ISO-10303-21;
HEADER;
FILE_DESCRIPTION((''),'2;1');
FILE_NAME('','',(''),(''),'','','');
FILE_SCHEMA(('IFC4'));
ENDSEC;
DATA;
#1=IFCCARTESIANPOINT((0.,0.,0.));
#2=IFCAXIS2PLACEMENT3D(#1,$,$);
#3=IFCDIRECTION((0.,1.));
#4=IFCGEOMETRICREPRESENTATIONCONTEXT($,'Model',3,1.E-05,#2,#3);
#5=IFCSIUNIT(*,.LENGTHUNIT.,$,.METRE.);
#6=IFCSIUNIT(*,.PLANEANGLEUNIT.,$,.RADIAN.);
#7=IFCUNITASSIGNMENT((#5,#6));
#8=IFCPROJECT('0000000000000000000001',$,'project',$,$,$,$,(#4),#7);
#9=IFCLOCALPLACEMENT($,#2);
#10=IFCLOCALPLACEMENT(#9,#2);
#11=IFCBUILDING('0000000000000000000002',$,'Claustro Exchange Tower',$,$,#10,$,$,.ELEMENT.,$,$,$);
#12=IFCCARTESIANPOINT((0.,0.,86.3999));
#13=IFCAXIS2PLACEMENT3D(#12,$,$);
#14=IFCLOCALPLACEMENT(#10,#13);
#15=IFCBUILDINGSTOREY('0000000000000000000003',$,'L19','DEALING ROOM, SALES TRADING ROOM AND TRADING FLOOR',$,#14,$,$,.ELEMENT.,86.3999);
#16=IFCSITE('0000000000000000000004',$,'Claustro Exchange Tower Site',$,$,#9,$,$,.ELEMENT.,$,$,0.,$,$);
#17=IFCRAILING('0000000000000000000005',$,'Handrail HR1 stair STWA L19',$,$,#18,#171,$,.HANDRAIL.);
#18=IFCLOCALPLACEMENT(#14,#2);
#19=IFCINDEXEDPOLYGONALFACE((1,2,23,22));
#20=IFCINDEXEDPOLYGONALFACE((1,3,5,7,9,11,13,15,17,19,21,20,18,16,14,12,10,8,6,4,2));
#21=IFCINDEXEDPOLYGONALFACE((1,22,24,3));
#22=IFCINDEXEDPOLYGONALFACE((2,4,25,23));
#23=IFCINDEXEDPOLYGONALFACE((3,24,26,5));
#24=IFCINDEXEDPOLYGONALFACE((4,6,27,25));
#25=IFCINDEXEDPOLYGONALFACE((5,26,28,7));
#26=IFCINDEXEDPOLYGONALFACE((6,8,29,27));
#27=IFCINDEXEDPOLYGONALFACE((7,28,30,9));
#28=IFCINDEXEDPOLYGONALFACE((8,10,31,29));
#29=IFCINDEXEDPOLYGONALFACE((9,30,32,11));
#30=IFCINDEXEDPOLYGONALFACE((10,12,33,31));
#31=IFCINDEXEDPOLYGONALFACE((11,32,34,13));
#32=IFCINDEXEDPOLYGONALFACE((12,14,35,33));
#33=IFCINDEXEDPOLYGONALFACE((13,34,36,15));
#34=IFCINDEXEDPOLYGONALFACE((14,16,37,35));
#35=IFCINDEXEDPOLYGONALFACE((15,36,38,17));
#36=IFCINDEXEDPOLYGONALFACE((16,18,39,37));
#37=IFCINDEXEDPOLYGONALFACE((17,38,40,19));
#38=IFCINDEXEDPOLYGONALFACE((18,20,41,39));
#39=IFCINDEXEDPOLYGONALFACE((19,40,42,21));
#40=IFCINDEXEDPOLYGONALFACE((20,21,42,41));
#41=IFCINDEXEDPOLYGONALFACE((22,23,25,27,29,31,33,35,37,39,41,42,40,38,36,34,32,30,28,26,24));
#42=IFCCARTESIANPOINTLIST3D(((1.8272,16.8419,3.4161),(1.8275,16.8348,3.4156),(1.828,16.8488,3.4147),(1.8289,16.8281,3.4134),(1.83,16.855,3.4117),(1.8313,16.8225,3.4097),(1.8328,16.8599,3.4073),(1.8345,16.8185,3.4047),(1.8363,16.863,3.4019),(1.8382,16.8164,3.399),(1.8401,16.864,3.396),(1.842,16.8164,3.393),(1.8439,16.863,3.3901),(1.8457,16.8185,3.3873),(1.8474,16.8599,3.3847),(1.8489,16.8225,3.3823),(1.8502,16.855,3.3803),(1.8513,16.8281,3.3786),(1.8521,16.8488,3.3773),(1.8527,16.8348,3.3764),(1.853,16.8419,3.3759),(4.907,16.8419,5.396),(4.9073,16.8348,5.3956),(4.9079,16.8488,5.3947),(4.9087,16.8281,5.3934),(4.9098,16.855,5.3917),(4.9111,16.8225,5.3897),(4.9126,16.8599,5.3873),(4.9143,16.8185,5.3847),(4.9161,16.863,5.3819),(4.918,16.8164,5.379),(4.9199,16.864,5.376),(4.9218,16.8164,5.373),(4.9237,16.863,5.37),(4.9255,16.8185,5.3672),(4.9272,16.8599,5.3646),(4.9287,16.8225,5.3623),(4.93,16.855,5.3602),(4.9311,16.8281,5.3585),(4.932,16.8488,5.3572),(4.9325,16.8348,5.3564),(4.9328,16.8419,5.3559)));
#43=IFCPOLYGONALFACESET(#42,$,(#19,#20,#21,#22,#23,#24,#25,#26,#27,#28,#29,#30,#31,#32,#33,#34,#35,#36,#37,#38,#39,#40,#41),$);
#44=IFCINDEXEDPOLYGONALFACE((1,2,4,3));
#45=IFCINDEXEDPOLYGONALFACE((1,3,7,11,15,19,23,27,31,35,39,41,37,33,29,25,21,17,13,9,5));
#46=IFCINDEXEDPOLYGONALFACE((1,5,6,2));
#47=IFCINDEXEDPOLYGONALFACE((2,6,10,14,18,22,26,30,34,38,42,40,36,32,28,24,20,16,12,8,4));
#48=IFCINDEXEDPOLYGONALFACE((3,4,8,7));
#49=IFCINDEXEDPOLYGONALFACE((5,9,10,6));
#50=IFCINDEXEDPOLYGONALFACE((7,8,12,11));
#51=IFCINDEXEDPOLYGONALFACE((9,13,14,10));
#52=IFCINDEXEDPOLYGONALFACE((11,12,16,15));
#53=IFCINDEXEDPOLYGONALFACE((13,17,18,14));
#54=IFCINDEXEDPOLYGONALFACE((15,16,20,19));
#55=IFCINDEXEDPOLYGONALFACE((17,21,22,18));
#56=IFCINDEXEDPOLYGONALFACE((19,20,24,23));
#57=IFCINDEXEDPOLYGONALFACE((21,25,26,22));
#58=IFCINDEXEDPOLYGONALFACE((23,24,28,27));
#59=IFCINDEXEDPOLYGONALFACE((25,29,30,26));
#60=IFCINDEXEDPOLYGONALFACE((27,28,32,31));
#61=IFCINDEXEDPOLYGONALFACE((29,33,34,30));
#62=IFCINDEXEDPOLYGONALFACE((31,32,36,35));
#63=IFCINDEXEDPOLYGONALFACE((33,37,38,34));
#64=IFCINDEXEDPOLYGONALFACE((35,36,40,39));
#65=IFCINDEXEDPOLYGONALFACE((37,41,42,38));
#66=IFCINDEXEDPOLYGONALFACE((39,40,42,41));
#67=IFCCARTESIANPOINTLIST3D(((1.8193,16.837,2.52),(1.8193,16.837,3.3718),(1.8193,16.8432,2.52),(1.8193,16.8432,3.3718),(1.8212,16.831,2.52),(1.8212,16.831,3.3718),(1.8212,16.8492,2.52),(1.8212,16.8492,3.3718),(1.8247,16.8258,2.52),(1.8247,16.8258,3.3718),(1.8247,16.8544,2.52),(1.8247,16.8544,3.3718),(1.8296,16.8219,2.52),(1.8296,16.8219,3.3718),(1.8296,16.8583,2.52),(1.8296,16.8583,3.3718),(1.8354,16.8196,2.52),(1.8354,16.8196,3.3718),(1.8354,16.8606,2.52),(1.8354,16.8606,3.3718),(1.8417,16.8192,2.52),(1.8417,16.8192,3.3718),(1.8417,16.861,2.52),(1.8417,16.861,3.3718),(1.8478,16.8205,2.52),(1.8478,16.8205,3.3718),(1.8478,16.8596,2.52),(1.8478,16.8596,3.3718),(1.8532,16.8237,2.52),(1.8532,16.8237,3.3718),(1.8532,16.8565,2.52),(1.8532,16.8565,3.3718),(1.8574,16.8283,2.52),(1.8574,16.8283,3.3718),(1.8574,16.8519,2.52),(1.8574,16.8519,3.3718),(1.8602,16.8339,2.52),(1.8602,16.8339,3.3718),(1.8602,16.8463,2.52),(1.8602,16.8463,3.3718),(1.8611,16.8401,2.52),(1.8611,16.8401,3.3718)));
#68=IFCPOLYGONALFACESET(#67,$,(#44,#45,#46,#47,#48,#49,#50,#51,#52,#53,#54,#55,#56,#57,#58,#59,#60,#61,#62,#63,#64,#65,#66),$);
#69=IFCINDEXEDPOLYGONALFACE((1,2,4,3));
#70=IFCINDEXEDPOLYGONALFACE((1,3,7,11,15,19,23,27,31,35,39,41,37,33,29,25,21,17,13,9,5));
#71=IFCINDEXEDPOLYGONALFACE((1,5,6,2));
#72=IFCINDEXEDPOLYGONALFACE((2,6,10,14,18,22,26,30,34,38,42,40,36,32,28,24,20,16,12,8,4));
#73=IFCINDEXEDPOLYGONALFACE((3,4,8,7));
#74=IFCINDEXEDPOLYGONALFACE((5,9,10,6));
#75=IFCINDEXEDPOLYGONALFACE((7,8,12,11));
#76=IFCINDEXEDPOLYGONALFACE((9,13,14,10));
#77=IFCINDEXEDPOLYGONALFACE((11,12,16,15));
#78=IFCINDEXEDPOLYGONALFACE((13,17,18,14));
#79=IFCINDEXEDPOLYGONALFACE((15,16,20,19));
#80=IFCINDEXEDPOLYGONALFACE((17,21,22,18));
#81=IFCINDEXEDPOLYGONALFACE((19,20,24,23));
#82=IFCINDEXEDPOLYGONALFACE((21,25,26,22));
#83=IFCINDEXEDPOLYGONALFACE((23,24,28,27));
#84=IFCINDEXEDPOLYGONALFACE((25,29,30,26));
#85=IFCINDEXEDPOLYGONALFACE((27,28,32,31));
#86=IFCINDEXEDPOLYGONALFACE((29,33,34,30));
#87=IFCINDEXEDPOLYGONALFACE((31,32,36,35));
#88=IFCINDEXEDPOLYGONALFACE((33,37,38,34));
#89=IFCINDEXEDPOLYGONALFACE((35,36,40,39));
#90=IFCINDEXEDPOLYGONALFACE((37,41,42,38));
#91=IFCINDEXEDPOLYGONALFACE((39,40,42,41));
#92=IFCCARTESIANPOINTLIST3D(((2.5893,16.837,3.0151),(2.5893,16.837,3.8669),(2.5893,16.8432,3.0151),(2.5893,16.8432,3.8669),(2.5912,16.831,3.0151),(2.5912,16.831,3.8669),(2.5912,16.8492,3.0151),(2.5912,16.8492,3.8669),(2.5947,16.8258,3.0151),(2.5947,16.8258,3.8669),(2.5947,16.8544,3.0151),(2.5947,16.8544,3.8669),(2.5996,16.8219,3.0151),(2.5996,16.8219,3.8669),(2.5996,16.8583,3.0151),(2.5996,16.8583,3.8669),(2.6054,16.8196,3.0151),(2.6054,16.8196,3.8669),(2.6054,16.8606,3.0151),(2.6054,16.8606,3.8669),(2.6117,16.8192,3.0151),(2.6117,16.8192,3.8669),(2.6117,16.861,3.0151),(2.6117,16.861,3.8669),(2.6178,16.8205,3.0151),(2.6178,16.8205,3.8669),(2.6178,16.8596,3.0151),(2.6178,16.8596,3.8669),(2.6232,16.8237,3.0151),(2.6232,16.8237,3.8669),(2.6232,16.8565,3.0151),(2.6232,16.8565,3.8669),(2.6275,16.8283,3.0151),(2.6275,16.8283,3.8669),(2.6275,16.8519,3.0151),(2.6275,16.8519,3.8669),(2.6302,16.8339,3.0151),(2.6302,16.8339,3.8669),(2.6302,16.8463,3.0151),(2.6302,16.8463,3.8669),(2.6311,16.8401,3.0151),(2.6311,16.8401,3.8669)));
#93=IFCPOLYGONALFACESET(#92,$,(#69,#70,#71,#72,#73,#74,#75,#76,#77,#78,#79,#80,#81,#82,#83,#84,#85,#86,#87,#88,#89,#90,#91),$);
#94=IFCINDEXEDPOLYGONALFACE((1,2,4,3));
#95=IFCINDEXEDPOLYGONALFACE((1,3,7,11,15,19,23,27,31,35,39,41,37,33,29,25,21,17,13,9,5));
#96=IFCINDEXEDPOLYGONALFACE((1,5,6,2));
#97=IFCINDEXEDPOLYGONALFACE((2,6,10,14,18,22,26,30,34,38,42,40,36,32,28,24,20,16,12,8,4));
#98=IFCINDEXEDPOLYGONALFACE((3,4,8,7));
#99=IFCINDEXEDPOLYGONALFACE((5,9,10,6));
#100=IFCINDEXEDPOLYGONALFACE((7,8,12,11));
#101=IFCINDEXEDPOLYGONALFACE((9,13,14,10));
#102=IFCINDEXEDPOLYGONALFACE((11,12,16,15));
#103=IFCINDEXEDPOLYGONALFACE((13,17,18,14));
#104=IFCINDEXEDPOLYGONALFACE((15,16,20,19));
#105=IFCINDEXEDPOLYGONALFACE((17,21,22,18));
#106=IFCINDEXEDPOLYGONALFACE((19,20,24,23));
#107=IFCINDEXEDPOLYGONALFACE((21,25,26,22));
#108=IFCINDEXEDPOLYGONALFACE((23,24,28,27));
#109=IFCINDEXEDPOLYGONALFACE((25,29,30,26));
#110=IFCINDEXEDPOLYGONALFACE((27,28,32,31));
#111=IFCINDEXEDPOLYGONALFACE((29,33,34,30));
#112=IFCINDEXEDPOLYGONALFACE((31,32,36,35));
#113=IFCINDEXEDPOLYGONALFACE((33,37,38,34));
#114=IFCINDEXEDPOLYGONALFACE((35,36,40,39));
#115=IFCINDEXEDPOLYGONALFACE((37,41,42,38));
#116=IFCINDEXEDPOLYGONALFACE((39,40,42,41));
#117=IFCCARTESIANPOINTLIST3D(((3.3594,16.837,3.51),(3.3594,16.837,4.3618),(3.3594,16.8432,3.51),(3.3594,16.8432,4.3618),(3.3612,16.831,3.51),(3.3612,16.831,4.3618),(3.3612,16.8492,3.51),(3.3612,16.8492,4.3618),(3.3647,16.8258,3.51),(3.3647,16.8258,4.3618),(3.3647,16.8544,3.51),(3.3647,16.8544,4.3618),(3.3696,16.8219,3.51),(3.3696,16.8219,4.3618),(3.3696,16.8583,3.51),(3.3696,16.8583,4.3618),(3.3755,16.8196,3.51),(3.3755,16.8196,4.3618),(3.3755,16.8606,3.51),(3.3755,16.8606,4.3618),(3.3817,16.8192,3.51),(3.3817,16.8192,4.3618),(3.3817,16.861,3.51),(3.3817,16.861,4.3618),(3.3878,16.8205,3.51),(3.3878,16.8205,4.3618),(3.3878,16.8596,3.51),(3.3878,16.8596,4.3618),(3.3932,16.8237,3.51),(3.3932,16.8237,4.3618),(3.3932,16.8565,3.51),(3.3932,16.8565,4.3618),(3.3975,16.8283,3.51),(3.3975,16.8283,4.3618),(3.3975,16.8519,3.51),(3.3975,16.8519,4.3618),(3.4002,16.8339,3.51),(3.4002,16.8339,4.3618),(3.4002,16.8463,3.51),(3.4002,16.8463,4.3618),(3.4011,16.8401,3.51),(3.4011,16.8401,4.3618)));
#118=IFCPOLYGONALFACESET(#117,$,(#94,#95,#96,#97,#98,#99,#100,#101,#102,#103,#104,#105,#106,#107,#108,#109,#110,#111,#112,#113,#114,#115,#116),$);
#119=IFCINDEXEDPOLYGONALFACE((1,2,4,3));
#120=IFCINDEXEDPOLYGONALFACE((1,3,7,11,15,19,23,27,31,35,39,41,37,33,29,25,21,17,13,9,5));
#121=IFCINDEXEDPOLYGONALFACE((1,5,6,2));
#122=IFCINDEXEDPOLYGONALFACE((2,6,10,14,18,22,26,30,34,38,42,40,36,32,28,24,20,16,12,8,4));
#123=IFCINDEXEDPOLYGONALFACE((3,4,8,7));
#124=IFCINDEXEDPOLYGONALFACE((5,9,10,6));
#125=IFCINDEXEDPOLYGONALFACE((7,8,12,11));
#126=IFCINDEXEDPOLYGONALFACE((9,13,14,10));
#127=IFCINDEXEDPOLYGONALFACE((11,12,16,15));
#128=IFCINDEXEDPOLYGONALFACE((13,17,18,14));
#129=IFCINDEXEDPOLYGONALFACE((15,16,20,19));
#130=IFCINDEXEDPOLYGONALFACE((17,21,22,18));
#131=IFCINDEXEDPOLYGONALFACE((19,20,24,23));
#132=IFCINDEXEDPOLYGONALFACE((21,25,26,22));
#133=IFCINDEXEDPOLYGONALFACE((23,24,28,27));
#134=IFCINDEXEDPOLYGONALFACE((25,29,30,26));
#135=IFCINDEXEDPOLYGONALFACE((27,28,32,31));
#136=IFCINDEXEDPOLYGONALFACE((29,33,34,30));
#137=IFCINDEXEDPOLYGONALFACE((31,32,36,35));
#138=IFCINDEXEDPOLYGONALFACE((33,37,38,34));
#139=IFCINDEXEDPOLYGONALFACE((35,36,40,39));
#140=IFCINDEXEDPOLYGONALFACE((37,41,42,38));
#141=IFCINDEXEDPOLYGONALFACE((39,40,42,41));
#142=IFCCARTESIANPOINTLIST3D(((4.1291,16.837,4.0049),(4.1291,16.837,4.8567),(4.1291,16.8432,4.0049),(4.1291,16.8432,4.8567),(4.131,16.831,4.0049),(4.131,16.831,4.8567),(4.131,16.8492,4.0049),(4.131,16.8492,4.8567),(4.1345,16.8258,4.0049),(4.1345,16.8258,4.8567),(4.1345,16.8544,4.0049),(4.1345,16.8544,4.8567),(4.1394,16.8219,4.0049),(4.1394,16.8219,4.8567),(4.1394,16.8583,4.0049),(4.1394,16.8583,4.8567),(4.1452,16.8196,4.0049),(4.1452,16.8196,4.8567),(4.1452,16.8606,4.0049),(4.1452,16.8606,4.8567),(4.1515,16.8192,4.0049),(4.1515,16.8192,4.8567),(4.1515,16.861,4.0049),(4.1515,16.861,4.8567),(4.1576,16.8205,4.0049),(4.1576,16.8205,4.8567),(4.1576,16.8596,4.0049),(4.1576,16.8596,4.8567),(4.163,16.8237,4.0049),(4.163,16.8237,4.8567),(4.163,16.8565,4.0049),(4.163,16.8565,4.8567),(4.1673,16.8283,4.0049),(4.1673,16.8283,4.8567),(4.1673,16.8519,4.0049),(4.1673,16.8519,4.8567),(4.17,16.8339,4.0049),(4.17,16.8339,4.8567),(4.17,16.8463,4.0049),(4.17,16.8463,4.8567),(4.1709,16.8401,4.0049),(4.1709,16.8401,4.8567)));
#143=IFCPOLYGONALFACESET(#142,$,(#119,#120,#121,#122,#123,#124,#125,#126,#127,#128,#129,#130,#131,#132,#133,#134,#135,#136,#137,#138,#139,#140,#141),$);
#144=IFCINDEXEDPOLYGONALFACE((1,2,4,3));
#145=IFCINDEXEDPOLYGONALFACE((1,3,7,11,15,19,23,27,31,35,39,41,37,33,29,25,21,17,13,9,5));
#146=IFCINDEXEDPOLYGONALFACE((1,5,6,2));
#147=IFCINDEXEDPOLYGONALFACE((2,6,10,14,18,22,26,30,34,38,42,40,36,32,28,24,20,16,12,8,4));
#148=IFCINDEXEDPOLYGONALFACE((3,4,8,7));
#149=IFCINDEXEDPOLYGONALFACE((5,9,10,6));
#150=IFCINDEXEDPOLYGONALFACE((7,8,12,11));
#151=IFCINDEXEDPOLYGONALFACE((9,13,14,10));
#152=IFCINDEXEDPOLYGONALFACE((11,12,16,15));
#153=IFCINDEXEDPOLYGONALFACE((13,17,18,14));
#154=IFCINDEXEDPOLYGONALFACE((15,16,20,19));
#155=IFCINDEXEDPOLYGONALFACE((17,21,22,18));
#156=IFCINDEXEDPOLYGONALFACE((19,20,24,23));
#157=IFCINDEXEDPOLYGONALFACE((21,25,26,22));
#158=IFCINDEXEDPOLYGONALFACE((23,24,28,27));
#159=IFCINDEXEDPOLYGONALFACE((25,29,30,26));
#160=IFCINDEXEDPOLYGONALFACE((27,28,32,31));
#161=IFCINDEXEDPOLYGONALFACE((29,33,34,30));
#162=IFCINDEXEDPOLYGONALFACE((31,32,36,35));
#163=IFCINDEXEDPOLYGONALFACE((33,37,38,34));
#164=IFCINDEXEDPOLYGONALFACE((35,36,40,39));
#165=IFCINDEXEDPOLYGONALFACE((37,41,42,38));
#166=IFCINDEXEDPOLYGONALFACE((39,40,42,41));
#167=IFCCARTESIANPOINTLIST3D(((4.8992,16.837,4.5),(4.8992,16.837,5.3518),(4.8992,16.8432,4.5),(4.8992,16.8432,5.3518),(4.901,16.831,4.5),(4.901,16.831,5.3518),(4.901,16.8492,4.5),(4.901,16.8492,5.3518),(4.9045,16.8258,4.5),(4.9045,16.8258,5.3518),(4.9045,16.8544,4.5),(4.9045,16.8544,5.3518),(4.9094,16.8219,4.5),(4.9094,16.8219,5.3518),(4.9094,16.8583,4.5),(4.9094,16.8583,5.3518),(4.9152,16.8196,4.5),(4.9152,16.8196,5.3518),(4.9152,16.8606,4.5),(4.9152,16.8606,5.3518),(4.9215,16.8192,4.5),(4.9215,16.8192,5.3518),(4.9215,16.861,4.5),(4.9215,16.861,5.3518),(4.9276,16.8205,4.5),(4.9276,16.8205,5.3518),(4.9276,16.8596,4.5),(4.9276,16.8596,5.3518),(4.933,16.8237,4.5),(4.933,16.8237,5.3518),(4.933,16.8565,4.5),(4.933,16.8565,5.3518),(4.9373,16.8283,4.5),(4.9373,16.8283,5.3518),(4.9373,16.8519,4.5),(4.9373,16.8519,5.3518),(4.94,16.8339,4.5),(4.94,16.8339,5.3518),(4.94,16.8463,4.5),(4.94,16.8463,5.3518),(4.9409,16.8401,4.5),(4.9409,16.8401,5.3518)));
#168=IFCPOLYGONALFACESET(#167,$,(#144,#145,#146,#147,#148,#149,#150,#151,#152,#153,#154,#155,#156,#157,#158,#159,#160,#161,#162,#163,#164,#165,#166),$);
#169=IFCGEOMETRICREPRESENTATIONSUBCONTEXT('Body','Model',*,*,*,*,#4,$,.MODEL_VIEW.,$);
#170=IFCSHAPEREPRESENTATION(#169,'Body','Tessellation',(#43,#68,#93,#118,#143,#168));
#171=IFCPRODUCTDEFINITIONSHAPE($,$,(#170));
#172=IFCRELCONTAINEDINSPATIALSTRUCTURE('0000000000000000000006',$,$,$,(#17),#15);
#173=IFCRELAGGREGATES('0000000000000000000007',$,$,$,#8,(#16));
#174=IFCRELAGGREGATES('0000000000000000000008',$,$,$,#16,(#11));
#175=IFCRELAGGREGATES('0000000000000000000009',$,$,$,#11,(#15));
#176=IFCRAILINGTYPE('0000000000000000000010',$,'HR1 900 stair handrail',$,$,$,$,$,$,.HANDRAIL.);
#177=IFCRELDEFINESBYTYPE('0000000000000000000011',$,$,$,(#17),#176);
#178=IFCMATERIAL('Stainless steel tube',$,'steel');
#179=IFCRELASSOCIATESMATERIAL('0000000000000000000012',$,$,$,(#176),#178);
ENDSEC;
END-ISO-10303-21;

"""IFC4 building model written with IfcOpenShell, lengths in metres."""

from ifc_helpers import new_model, si_unit, direction, frame, origin, origin_2d, place, context, subcontext, project, spatial, circle, extrude, material, type_object, element, save


model = new_model("IFC4")

# Units and contexts
model_context = context("Model", 3, precision=1e-05, world=origin(), true_north=direction((0.0, 1.0)))
body_context = subcontext(model_context, "Body", "Model", "MODEL_VIEW")
ifc_project = project(units=[si_unit("LENGTHUNIT", "METRE"), si_unit("PLANEANGLEUNIT", "RADIAN")], contexts=[model_context])

# Site, building, storey
site_placement = place(None, origin())
site = spatial("IfcSite", under=ifc_project, at=site_placement, Name="Claustro Exchange Tower Site", CompositionType="ELEMENT", RefElevation=0.0)
building_placement = place(site_placement, origin())
building = spatial("IfcBuilding", under=site, at=building_placement, Name="Claustro Exchange Tower", CompositionType="ELEMENT")
storey_placement = place(building_placement, frame((0.0, 0.0, 86.3999)))
storey = spatial("IfcBuildingStorey", under=building, at=storey_placement, Name="L19", Description="DEALING ROOM, SALES TRADING ROOM AND TRADING FLOOR", CompositionType="ELEMENT", Elevation=86.3999)

# Railing
ifc_material_1 = material(Name="Stainless steel tube", Category="steel")
railing_type_1 = type_object("IfcRailingType", Name="HR1 900 stair handrail", PredefinedType="HANDRAIL", material=ifc_material_1)
railing_1_placement = place(storey_placement, frame((1.8401, 16.8401, 2.52)))
element("IfcRailing", 1, at=railing_1_placement, inside=storey, type_object=railing_type_1, Name="Handrail HR1 stair STWA L19", PredefinedType="HANDRAIL", context=body_context, shape_type="SweptSolid", body=[
    extrude(circle(Radius=0.0239, at=origin_2d()), frame((0.0, 0.0, 0.876), z_axis=(0.841168, 0.0, 0.540774), x_axis=(0.0, 1.0, 0.0)), (0.0, 0.0, 1.0), 3.6614),
    extrude(circle(Radius=0.021, at=origin_2d()), origin(), (0.0, 0.0, 1.0), 0.8518),
    extrude(circle(Radius=0.021, at=origin_2d()), frame((0.77, 0.0, 0.4951)), (0.0, 0.0, 1.0), 0.8518),
    extrude(circle(Radius=0.021, at=origin_2d()), frame((1.54, 0.0, 0.99)), (0.0, 0.0, 1.0), 0.8518),
    extrude(circle(Radius=0.021, at=origin_2d()), frame((2.3098, 0.0, 1.4849)), (0.0, 0.0, 1.0), 0.8518),
    extrude(circle(Radius=0.021, at=origin_2d()), frame((3.0798, 0.0, 1.98)), (0.0, 0.0, 1.0), 0.8518),
])

save(model, "model.ifc")
